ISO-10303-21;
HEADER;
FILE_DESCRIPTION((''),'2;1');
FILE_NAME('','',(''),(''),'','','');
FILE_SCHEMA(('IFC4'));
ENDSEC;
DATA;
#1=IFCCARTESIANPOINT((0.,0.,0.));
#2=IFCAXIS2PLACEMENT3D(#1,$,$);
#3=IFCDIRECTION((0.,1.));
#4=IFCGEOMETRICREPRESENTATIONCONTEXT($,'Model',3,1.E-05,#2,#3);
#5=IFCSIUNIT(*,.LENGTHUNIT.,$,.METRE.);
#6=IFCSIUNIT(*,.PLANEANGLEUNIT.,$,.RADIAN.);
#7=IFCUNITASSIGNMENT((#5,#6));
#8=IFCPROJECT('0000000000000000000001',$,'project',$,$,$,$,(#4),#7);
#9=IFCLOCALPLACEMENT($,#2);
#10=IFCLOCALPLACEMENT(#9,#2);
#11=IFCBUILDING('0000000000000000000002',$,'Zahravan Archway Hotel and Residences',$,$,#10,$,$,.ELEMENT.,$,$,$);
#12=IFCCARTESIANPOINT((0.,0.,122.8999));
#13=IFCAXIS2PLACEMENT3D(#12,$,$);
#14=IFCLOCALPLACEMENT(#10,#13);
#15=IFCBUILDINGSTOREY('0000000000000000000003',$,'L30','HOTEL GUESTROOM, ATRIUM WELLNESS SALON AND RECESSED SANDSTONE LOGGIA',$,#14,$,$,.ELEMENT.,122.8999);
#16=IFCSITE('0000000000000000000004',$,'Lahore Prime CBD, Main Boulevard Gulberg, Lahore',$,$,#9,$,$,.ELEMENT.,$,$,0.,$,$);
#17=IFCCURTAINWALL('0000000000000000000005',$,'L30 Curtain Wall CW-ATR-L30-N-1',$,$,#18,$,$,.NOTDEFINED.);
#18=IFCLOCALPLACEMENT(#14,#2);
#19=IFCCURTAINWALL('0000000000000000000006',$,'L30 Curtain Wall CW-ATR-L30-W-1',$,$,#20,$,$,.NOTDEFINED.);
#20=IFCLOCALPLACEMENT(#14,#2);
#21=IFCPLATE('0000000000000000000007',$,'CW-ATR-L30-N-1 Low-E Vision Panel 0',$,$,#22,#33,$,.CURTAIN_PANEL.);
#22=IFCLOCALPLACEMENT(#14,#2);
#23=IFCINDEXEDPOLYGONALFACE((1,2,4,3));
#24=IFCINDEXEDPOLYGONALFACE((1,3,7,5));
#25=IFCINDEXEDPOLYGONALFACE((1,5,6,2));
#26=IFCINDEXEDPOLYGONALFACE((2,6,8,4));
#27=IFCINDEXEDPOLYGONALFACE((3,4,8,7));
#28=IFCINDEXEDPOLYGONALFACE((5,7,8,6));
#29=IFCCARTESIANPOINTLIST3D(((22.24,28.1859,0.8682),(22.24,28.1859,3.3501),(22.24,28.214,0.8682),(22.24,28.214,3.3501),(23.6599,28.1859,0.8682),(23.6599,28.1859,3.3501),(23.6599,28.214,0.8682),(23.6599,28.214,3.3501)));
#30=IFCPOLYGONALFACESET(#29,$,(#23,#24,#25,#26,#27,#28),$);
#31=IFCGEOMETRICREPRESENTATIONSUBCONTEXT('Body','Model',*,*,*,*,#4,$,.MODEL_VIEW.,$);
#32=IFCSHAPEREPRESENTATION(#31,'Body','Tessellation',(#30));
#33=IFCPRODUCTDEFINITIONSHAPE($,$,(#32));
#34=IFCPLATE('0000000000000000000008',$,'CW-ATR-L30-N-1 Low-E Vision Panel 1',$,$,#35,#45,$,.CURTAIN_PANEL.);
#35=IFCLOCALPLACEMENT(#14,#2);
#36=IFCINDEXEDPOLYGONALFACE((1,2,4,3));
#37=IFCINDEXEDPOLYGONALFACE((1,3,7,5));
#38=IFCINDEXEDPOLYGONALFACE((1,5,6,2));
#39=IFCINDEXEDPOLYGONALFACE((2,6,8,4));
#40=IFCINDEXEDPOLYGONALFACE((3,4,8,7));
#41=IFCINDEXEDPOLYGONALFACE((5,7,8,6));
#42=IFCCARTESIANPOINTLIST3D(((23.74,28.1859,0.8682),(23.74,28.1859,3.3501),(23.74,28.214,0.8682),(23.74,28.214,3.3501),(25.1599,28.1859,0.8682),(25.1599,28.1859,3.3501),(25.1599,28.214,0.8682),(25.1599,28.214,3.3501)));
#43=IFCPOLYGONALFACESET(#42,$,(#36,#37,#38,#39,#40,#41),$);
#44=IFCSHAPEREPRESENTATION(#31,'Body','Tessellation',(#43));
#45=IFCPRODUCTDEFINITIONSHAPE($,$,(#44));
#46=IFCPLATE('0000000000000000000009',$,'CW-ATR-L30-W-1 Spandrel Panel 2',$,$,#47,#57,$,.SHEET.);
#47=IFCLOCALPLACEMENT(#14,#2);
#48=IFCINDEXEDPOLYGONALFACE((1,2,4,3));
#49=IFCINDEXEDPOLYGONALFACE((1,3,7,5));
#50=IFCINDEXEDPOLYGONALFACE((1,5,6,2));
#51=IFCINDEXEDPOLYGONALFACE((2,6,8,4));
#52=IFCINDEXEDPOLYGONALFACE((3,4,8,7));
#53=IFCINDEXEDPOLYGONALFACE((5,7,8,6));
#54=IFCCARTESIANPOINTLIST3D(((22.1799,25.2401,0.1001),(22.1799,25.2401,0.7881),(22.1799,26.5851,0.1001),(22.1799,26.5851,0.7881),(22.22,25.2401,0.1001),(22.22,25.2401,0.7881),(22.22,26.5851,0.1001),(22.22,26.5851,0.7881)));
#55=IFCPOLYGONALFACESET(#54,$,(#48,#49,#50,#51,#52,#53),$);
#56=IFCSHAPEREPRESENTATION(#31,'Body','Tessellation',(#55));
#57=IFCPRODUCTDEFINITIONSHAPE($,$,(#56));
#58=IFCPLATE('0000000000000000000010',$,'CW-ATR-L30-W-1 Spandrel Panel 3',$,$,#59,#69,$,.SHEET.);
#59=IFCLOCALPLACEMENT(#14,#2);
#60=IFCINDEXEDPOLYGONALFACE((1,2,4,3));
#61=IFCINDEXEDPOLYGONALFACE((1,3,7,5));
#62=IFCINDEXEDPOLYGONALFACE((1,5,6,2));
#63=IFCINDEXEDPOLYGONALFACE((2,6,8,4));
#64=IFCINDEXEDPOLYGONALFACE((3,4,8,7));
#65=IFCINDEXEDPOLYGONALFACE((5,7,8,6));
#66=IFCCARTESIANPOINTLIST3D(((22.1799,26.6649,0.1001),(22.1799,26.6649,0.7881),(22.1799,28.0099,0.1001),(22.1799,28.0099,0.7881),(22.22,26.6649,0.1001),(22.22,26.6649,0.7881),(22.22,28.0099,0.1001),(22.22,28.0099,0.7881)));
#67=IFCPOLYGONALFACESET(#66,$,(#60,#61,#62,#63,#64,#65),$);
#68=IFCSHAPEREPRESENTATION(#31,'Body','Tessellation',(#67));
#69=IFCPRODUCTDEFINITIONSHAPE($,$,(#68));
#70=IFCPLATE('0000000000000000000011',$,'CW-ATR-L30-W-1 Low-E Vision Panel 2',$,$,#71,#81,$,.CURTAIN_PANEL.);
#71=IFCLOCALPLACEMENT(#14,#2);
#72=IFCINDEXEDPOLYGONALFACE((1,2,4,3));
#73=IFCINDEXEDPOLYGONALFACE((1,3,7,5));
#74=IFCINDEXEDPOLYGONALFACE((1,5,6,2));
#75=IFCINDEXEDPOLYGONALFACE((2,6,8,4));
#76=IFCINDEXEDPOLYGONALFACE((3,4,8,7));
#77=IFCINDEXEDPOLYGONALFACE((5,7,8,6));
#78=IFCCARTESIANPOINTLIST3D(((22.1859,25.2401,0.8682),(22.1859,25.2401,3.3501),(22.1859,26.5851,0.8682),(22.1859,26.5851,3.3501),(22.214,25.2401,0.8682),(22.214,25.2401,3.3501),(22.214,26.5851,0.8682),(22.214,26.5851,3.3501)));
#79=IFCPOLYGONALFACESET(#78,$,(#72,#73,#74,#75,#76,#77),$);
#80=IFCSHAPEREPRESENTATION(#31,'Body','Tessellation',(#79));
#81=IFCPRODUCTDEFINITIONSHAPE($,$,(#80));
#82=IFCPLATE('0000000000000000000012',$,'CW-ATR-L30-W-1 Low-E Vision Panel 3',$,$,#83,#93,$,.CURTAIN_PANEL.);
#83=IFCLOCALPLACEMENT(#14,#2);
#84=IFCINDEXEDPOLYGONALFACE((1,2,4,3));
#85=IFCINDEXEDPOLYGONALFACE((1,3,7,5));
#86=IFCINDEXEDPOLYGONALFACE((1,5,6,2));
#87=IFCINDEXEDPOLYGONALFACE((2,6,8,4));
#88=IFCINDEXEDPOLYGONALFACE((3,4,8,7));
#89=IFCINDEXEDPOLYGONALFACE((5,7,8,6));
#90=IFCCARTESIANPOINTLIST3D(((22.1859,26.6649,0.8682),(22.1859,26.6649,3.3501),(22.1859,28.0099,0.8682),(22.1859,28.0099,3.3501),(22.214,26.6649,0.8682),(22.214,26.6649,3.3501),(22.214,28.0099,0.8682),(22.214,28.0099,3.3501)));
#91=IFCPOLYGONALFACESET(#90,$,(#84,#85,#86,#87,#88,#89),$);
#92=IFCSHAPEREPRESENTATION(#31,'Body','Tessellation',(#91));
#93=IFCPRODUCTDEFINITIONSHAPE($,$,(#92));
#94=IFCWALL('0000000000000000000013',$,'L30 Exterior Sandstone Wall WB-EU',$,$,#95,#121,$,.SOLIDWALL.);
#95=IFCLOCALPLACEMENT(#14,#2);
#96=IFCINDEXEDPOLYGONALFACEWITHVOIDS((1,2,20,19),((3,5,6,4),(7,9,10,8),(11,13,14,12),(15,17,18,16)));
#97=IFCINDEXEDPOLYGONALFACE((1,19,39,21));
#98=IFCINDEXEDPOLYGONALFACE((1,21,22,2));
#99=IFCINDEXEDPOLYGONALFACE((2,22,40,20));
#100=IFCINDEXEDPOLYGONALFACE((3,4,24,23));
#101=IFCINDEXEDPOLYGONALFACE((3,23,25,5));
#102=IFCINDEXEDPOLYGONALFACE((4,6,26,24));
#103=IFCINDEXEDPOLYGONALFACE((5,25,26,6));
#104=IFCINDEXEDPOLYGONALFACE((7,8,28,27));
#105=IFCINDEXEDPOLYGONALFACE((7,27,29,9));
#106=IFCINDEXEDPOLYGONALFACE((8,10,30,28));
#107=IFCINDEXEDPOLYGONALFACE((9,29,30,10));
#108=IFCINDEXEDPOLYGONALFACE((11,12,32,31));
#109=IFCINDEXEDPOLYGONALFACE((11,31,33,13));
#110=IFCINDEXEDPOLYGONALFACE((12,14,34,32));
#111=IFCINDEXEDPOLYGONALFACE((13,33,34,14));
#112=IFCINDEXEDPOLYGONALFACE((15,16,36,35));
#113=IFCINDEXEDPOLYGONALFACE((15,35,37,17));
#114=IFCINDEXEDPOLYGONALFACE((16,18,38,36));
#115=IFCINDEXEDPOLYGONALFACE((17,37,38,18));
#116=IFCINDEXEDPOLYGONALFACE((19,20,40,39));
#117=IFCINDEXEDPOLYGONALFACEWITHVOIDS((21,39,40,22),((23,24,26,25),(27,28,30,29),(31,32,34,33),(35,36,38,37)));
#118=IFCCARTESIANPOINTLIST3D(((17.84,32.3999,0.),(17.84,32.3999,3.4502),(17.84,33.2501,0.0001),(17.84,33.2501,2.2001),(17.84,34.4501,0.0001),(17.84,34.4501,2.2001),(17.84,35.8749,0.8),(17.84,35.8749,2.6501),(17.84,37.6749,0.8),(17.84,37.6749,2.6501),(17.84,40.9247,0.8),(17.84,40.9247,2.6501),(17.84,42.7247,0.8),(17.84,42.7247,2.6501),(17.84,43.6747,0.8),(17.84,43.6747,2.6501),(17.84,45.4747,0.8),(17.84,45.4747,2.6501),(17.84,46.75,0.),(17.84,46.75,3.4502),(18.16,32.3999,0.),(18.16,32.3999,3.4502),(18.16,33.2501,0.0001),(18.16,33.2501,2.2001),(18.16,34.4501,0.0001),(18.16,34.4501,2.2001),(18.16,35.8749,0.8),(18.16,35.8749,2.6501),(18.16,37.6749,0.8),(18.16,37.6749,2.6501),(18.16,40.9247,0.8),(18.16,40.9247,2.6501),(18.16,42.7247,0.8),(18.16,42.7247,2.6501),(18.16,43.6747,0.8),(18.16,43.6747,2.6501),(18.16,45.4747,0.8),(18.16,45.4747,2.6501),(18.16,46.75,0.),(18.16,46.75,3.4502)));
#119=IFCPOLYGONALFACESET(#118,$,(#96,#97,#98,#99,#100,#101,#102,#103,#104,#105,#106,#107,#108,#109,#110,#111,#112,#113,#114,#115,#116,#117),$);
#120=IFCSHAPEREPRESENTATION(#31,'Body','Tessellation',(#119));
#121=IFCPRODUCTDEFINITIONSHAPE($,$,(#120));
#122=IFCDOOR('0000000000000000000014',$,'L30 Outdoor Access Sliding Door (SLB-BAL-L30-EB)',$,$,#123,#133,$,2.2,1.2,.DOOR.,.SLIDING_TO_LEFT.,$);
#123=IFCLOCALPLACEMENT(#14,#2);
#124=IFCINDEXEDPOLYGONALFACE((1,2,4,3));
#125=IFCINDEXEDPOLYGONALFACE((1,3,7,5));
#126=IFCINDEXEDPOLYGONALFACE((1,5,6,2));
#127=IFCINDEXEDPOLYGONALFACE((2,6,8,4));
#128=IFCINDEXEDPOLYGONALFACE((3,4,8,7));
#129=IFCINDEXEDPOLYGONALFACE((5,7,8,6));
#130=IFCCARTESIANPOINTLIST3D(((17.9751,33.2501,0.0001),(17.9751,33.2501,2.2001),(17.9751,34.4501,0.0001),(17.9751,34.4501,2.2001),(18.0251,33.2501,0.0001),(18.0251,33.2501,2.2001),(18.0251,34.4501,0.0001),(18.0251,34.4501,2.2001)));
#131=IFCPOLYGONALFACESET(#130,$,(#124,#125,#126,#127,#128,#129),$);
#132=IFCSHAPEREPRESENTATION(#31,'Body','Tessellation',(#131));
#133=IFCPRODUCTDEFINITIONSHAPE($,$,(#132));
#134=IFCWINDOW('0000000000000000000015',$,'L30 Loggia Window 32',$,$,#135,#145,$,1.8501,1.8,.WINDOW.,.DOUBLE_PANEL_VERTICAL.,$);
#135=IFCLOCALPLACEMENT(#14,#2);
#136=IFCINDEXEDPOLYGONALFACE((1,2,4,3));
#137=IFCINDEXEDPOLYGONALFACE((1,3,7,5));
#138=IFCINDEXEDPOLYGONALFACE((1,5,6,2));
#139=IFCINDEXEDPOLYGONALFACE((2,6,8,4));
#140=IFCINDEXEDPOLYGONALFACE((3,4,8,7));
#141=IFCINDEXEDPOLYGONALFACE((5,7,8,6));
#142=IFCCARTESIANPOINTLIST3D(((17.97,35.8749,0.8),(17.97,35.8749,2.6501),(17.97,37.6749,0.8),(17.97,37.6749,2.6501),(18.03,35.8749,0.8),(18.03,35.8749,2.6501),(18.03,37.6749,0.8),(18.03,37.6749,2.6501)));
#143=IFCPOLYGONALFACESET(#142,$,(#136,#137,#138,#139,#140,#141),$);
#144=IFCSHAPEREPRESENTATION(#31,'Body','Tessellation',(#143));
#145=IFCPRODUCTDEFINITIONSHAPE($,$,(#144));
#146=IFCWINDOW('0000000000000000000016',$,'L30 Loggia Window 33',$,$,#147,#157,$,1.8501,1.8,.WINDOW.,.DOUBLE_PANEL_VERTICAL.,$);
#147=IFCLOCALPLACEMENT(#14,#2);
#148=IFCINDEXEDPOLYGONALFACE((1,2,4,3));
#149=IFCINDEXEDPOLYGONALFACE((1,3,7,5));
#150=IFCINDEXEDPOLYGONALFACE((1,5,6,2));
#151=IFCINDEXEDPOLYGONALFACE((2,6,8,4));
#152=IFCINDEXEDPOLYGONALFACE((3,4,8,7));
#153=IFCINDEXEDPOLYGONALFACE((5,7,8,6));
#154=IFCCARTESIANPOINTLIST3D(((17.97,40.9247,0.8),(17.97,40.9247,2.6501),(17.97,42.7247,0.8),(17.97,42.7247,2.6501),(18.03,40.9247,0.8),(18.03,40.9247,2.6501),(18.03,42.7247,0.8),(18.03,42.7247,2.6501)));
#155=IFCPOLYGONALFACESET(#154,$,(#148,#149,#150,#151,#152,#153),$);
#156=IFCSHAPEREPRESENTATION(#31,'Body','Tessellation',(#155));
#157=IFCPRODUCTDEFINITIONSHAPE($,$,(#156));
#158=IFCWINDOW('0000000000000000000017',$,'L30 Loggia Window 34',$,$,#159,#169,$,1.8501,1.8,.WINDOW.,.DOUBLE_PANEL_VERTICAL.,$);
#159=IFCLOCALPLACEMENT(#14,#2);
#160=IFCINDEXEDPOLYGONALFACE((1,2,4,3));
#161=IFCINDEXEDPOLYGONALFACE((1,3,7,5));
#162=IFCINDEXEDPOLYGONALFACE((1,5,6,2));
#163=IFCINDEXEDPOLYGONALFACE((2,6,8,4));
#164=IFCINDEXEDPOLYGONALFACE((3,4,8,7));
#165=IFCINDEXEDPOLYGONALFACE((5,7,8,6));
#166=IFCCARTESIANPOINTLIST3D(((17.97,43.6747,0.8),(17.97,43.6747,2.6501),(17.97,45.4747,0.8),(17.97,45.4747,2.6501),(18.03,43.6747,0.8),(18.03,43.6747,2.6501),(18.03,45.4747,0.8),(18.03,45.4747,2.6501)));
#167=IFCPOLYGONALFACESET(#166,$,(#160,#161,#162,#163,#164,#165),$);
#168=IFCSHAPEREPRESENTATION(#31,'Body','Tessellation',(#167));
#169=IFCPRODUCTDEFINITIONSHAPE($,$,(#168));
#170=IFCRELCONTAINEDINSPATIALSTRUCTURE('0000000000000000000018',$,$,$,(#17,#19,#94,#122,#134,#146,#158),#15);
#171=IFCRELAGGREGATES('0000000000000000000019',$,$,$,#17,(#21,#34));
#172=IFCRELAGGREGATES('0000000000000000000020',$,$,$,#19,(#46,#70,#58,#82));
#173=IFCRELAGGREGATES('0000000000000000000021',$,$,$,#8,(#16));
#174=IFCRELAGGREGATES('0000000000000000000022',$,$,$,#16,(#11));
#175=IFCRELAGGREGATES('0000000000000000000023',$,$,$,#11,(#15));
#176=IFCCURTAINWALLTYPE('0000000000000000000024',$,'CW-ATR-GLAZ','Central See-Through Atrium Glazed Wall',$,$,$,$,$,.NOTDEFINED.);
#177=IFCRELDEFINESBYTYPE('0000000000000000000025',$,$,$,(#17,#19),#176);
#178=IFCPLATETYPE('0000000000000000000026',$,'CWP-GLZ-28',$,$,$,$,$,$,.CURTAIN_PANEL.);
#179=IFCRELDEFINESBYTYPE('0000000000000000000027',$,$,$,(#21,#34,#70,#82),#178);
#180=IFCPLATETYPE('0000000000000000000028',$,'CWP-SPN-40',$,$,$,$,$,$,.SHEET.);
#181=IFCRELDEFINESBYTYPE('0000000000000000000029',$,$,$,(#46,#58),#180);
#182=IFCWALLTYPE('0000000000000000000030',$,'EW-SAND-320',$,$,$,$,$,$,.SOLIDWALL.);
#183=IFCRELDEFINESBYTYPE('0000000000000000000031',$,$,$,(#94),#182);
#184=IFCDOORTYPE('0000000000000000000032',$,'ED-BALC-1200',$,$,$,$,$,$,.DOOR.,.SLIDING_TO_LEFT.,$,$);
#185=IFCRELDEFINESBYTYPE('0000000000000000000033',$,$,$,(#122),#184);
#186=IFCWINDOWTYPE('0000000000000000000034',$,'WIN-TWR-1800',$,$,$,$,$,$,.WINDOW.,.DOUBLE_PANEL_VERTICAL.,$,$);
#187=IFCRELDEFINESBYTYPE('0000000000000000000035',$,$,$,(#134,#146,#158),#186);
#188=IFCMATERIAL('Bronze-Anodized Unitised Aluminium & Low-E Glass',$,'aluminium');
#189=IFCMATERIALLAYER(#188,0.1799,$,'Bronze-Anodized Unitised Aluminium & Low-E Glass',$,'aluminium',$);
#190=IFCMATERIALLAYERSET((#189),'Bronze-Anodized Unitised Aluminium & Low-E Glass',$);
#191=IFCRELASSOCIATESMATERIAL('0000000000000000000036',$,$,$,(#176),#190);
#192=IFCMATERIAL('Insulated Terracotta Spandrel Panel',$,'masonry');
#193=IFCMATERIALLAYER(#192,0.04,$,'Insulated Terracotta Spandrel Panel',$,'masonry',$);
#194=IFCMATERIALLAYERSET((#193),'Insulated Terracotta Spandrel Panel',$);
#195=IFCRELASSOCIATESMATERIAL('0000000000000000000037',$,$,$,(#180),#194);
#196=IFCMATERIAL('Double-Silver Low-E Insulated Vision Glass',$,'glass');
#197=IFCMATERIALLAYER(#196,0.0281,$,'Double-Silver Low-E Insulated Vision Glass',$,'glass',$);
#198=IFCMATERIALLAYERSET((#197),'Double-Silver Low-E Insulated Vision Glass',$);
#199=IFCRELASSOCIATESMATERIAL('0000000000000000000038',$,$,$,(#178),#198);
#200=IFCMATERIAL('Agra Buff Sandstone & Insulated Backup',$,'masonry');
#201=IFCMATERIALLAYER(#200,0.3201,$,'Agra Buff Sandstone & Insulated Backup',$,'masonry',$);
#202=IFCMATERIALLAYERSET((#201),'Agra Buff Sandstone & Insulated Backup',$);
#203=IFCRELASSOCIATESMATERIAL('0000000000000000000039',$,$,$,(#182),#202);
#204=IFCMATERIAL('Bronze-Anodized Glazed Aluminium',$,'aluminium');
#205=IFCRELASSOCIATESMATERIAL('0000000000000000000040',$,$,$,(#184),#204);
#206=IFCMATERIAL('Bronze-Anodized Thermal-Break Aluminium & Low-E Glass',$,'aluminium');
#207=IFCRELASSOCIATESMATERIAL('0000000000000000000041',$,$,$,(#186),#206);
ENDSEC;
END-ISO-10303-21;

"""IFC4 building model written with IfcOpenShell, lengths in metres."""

from ifc_helpers import new_model, si_unit, direction, frame, frame_2d, origin, origin_2d, place, context, subcontext, project, spatial, rectangle, extrude, source, transform, mapped, material, layer, layer_set, type_object, type_shapes, element, fill, aggregate, save


model = new_model("IFC4")

# Units and contexts
model_context = context("Model", 3, precision=1e-05, world=origin(), true_north=direction((0.0, 1.0)))
body_context = subcontext(model_context, "Body", "Model", "MODEL_VIEW")
ifc_project = project(units=[si_unit("LENGTHUNIT", "METRE"), si_unit("PLANEANGLEUNIT", "RADIAN")], contexts=[model_context])

# Site, building, storey
site_placement = place(None, origin())
site = spatial("IfcSite", under=ifc_project, at=site_placement, Name="Lahore Prime CBD, Main Boulevard Gulberg, Lahore", CompositionType="ELEMENT", RefElevation=0.0)
building_placement = place(site_placement, origin())
building = spatial("IfcBuilding", under=site, at=building_placement, Name="Zahravan Archway Hotel and Residences", CompositionType="ELEMENT")
storey_placement = place(building_placement, frame((0.0, 0.0, 122.8999)))
storey = spatial("IfcBuildingStorey", under=building, at=storey_placement, Name="L30", Description="HOTEL GUESTROOM, ATRIUM WELLNESS SALON AND RECESSED SANDSTONE LOGGIA", CompositionType="ELEMENT", Elevation=122.8999)

# Curtain walls
ifc_material_1 = material(Name="Bronze-Anodized Unitised Aluminium & Low-E Glass", Category="aluminium")
ifc_layer_1 = layer(ifc_material_1, 0.1799, Name="Bronze-Anodized Unitised Aluminium & Low-E Glass", Category="aluminium")
ifc_layer_set_1 = layer_set([ifc_layer_1], Name="Bronze-Anodized Unitised Aluminium & Low-E Glass")
curtain_wall_type_1 = type_object("IfcCurtainWallType", Name="CW-ATR-GLAZ", Description="Central See-Through Atrium Glazed Wall", PredefinedType="NOTDEFINED", material=ifc_layer_set_1)
curtain_wall_1_placement = place(storey_placement, origin())
curtain_wall_1 = element("IfcCurtainWall", 1, at=curtain_wall_1_placement, inside=storey, type_object=curtain_wall_type_1, Name="L30 Curtain Wall CW-ATR-L30-N-1", PredefinedType="NOTDEFINED")
curtain_wall_2_placement = place(storey_placement, origin())
curtain_wall_2 = element("IfcCurtainWall", 2, at=curtain_wall_2_placement, inside=storey, type_object=curtain_wall_type_1, Name="L30 Curtain Wall CW-ATR-L30-W-1", PredefinedType="NOTDEFINED")

# Plates
ifc_material_2 = material(Name="Insulated Terracotta Spandrel Panel", Category="masonry")
ifc_layer_2 = layer(ifc_material_2, 0.04, Name="Insulated Terracotta Spandrel Panel", Category="masonry")
ifc_layer_set_2 = layer_set([ifc_layer_2], Name="Insulated Terracotta Spandrel Panel")
plate_type_1 = type_object("IfcPlateType", Name="CWP-SPN-40", PredefinedType="SHEET", material=ifc_layer_set_2)
ifc_material_3 = material(Name="Double-Silver Low-E Insulated Vision Glass", Category="glass")
ifc_layer_3 = layer(ifc_material_3, 0.0281, Name="Double-Silver Low-E Insulated Vision Glass", Category="glass")
ifc_layer_set_3 = layer_set([ifc_layer_3], Name="Double-Silver Low-E Insulated Vision Glass")
plate_type_2 = type_object("IfcPlateType", Name="CWP-GLZ-28", PredefinedType="CURTAIN_PANEL", material=ifc_layer_set_3)
shared_shape_1 = source(origin(), body_context, "Body", "SweptSolid", [
    extrude(rectangle(XDim=1.4199, YDim=0.0281, at=origin_2d()), origin(), (0.0, 0.0, 1.0), 2.4819),
])
plate_1_placement = place(storey_placement, frame((22.95, 28.2, 0.8682), z_axis=(0.0, 0.0, 1.0), x_axis=(1.0, 0.0, 0.0)))
plate_1 = element("IfcPlate", 3, at=plate_1_placement, type_object=plate_type_2, Name="CW-ATR-L30-N-1 Low-E Vision Panel 0", PredefinedType="CURTAIN_PANEL", context=body_context, shape_type="MappedRepresentation", body=[
    mapped(shared_shape_1, transform((0.0, 0.0, 0.0), scale=1.0)),
])
plate_2_placement = place(storey_placement, frame((24.45, 28.2, 0.8682), z_axis=(0.0, 0.0, 1.0), x_axis=(1.0, 0.0, 0.0)))
plate_2 = element("IfcPlate", 4, at=plate_2_placement, type_object=plate_type_2, Name="CW-ATR-L30-N-1 Low-E Vision Panel 1", PredefinedType="CURTAIN_PANEL", context=body_context, shape_type="MappedRepresentation", body=[
    mapped(shared_shape_1, transform((0.0, 0.0, 0.0), scale=1.0)),
])
aggregate(curtain_wall_1, [plate_1, plate_2])
shared_shape_2 = source(origin(), body_context, "Body", "SweptSolid", [
    extrude(rectangle(XDim=1.345, YDim=0.04, at=origin_2d()), origin(), (0.0, 0.0, 1.0), 0.688),
])
plate_3_placement = place(storey_placement, frame((22.2, 25.9126, 0.1001), z_axis=(0.0, 0.0, 1.0), x_axis=(0.0, 1.0, 0.0)))
plate_3 = element("IfcPlate", 5, at=plate_3_placement, type_object=plate_type_1, Name="CW-ATR-L30-W-1 Spandrel Panel 2", PredefinedType="SHEET", context=body_context, shape_type="MappedRepresentation", body=[
    mapped(shared_shape_2, transform((0.0, 0.0, 0.0), scale=1.0)),
])
plate_4_placement = place(storey_placement, frame((22.2, 27.3374, 0.1001), z_axis=(0.0, 0.0, 1.0), x_axis=(0.0, 1.0, 0.0)))
plate_4 = element("IfcPlate", 6, at=plate_4_placement, type_object=plate_type_1, Name="CW-ATR-L30-W-1 Spandrel Panel 3", PredefinedType="SHEET", context=body_context, shape_type="MappedRepresentation", body=[
    mapped(shared_shape_2, transform((0.0, 0.0, 0.0), scale=1.0)),
])
shared_shape_3 = source(origin(), body_context, "Body", "SweptSolid", [
    extrude(rectangle(XDim=1.345, YDim=0.0281, at=origin_2d()), origin(), (0.0, 0.0, 1.0), 2.4819),
])
plate_5_placement = place(storey_placement, frame((22.2, 25.9126, 0.8682), z_axis=(0.0, 0.0, 1.0), x_axis=(0.0, 1.0, 0.0)))
plate_5 = element("IfcPlate", 7, at=plate_5_placement, type_object=plate_type_2, Name="CW-ATR-L30-W-1 Low-E Vision Panel 2", PredefinedType="CURTAIN_PANEL", context=body_context, shape_type="MappedRepresentation", body=[
    mapped(shared_shape_3, transform((0.0, 0.0, 0.0), scale=1.0)),
])
plate_6_placement = place(storey_placement, frame((22.2, 27.3374, 0.8682), z_axis=(0.0, 0.0, 1.0), x_axis=(0.0, 1.0, 0.0)))
plate_6 = element("IfcPlate", 8, at=plate_6_placement, type_object=plate_type_2, Name="CW-ATR-L30-W-1 Low-E Vision Panel 3", PredefinedType="CURTAIN_PANEL", context=body_context, shape_type="MappedRepresentation", body=[
    mapped(shared_shape_3, transform((0.0, 0.0, 0.0), scale=1.0)),
])
aggregate(curtain_wall_2, [plate_3, plate_5, plate_4, plate_6])

# Wall, openings, door, windows
ifc_material_4 = material(Name="Agra Buff Sandstone & Insulated Backup", Category="masonry")
ifc_layer_4 = layer(ifc_material_4, 0.3201, Name="Agra Buff Sandstone & Insulated Backup", Category="masonry")
ifc_layer_set_4 = layer_set([ifc_layer_4], Name="Agra Buff Sandstone & Insulated Backup")
wall_type_1 = type_object("IfcWallType", Name="EW-SAND-320", PredefinedType="SOLIDWALL", material=ifc_layer_set_4)
wall_1_placement = place(storey_placement, frame((18.0, 32.3999, 0.0), z_axis=(0.0, 0.0, 1.0), x_axis=(0.0, 1.0, 0.0)))
wall_1 = element("IfcWall", 9, at=wall_1_placement, inside=storey, type_object=wall_type_1, Name="L30 Exterior Sandstone Wall WB-EU", PredefinedType="SOLIDWALL", context=body_context, shape_type="SweptSolid", body=[
    extrude(rectangle(XDim=14.3501, YDim=0.3201, at=frame_2d((7.175, 0.0))), origin(), (0.0, 0.0, 1.0), 3.4502),
])
opening_1_placement = place(wall_1_placement, frame((0.8501, 0.0, 0.0)))
opening_1 = element("IfcOpeningElement", 10, at=opening_1_placement, cuts=wall_1, PredefinedType="OPENING", context=body_context, shape_type="SweptSolid", body=[
    extrude(rectangle(XDim=1.2, YDim=2.2, at=frame_2d((0.6001, 1.1001))), frame((0.0, 0.1699, 0.0), z_axis=(0.0, -1.0, 0.0), x_axis=(1.0, 0.0, 0.0)), (0.0, 0.0, 1.0), 0.3401),
])
opening_2_placement = place(wall_1_placement, frame((3.4751, 0.0, 0.8)))
opening_2 = element("IfcOpeningElement", 11, at=opening_2_placement, cuts=wall_1, PredefinedType="OPENING", context=body_context, shape_type="SweptSolid", body=[
    extrude(rectangle(XDim=1.8, YDim=1.8501, at=frame_2d((0.8999, 0.925))), frame((0.0, 0.1699, 0.0), z_axis=(0.0, -1.0, 0.0), x_axis=(1.0, 0.0, 0.0)), (0.0, 0.0, 1.0), 0.3401),
])
opening_3_placement = place(wall_1_placement, frame((8.5249, 0.0, 0.8)))
opening_3 = element("IfcOpeningElement", 12, at=opening_3_placement, cuts=wall_1, PredefinedType="OPENING", context=body_context, shape_type="SweptSolid", body=[
    extrude(rectangle(XDim=1.8, YDim=1.8501, at=frame_2d((0.8999, 0.925))), frame((0.0, 0.1699, 0.0), z_axis=(0.0, -1.0, 0.0), x_axis=(1.0, 0.0, 0.0)), (0.0, 0.0, 1.0), 0.3401),
])
opening_4_placement = place(wall_1_placement, frame((11.2749, 0.0, 0.8)))
opening_4 = element("IfcOpeningElement", 13, at=opening_4_placement, cuts=wall_1, PredefinedType="OPENING", context=body_context, shape_type="SweptSolid", body=[
    extrude(rectangle(XDim=1.8, YDim=1.8501, at=frame_2d((0.8999, 0.925))), frame((0.0, 0.1699, 0.0), z_axis=(0.0, -1.0, 0.0), x_axis=(1.0, 0.0, 0.0)), (0.0, 0.0, 1.0), 0.3401),
])
ifc_material_5 = material(Name="Bronze-Anodized Glazed Aluminium", Category="aluminium")
door_type = type_object("IfcDoorType", Name="ED-BALC-1200", OperationType="SLIDING_TO_LEFT", PredefinedType="DOOR", material=ifc_material_5)
shared_shape_4 = source(origin(), body_context, "Body", "SweptSolid", [
    extrude(rectangle(XDim=1.2, YDim=2.2, at=frame_2d((0.6001, 1.1001))), frame((0.0, 0.0249, 0.0), z_axis=(0.0, -1.0, 0.0), x_axis=(1.0, 0.0, 0.0)), (0.0, 0.0, 1.0), 0.05),
])
type_shapes(door_type, [shared_shape_4])
door_placement = place(opening_1_placement, origin())
door = element("IfcDoor", 14, at=door_placement, inside=storey, type_object=door_type, Name="L30 Outdoor Access Sliding Door (SLB-BAL-L30-EB)", OperationType="SLIDING_TO_LEFT", OverallHeight=2.2, OverallWidth=1.2, PredefinedType="DOOR", context=body_context, shape_type="MappedRepresentation", body=[
    mapped(shared_shape_4, transform((0.0, 0.0, 0.0), scale=1.0)),
])
fill(opening_1, door)
ifc_material_6 = material(Name="Bronze-Anodized Thermal-Break Aluminium & Low-E Glass", Category="aluminium")
window_type = type_object("IfcWindowType", Name="WIN-TWR-1800", PartitioningType="DOUBLE_PANEL_VERTICAL", PredefinedType="WINDOW", material=ifc_material_6)
shared_shape_5 = source(origin(), body_context, "Body", "SweptSolid", [
    extrude(rectangle(XDim=1.8, YDim=1.8501, at=frame_2d((0.8999, 0.925))), frame((0.0, 0.03, 0.0), z_axis=(0.0, -1.0, 0.0), x_axis=(1.0, 0.0, 0.0)), (0.0, 0.0, 1.0), 0.0601),
])
type_shapes(window_type, [shared_shape_5])
window_1_placement = place(opening_2_placement, origin())
window_1 = element("IfcWindow", 15, at=window_1_placement, inside=storey, type_object=window_type, Name="L30 Loggia Window 32", OverallHeight=1.8501, OverallWidth=1.8, PartitioningType="DOUBLE_PANEL_VERTICAL", PredefinedType="WINDOW", context=body_context, shape_type="MappedRepresentation", body=[
    mapped(shared_shape_5, transform((0.0, 0.0, 0.0), scale=1.0)),
])
fill(opening_2, window_1)
window_2_placement = place(opening_3_placement, origin())
window_2 = element("IfcWindow", 16, at=window_2_placement, inside=storey, type_object=window_type, Name="L30 Loggia Window 33", OverallHeight=1.8501, OverallWidth=1.8, PartitioningType="DOUBLE_PANEL_VERTICAL", PredefinedType="WINDOW", context=body_context, shape_type="MappedRepresentation", body=[
    mapped(shared_shape_5, transform((0.0, 0.0, 0.0), scale=1.0)),
])
fill(opening_3, window_2)
window_3_placement = place(opening_4_placement, origin())
window_3 = element("IfcWindow", 17, at=window_3_placement, inside=storey, type_object=window_type, Name="L30 Loggia Window 34", OverallHeight=1.8501, OverallWidth=1.8, PartitioningType="DOUBLE_PANEL_VERTICAL", PredefinedType="WINDOW", context=body_context, shape_type="MappedRepresentation", body=[
    mapped(shared_shape_5, transform((0.0, 0.0, 0.0), scale=1.0)),
])
fill(opening_4, window_3)

save(model, "model.ifc")
